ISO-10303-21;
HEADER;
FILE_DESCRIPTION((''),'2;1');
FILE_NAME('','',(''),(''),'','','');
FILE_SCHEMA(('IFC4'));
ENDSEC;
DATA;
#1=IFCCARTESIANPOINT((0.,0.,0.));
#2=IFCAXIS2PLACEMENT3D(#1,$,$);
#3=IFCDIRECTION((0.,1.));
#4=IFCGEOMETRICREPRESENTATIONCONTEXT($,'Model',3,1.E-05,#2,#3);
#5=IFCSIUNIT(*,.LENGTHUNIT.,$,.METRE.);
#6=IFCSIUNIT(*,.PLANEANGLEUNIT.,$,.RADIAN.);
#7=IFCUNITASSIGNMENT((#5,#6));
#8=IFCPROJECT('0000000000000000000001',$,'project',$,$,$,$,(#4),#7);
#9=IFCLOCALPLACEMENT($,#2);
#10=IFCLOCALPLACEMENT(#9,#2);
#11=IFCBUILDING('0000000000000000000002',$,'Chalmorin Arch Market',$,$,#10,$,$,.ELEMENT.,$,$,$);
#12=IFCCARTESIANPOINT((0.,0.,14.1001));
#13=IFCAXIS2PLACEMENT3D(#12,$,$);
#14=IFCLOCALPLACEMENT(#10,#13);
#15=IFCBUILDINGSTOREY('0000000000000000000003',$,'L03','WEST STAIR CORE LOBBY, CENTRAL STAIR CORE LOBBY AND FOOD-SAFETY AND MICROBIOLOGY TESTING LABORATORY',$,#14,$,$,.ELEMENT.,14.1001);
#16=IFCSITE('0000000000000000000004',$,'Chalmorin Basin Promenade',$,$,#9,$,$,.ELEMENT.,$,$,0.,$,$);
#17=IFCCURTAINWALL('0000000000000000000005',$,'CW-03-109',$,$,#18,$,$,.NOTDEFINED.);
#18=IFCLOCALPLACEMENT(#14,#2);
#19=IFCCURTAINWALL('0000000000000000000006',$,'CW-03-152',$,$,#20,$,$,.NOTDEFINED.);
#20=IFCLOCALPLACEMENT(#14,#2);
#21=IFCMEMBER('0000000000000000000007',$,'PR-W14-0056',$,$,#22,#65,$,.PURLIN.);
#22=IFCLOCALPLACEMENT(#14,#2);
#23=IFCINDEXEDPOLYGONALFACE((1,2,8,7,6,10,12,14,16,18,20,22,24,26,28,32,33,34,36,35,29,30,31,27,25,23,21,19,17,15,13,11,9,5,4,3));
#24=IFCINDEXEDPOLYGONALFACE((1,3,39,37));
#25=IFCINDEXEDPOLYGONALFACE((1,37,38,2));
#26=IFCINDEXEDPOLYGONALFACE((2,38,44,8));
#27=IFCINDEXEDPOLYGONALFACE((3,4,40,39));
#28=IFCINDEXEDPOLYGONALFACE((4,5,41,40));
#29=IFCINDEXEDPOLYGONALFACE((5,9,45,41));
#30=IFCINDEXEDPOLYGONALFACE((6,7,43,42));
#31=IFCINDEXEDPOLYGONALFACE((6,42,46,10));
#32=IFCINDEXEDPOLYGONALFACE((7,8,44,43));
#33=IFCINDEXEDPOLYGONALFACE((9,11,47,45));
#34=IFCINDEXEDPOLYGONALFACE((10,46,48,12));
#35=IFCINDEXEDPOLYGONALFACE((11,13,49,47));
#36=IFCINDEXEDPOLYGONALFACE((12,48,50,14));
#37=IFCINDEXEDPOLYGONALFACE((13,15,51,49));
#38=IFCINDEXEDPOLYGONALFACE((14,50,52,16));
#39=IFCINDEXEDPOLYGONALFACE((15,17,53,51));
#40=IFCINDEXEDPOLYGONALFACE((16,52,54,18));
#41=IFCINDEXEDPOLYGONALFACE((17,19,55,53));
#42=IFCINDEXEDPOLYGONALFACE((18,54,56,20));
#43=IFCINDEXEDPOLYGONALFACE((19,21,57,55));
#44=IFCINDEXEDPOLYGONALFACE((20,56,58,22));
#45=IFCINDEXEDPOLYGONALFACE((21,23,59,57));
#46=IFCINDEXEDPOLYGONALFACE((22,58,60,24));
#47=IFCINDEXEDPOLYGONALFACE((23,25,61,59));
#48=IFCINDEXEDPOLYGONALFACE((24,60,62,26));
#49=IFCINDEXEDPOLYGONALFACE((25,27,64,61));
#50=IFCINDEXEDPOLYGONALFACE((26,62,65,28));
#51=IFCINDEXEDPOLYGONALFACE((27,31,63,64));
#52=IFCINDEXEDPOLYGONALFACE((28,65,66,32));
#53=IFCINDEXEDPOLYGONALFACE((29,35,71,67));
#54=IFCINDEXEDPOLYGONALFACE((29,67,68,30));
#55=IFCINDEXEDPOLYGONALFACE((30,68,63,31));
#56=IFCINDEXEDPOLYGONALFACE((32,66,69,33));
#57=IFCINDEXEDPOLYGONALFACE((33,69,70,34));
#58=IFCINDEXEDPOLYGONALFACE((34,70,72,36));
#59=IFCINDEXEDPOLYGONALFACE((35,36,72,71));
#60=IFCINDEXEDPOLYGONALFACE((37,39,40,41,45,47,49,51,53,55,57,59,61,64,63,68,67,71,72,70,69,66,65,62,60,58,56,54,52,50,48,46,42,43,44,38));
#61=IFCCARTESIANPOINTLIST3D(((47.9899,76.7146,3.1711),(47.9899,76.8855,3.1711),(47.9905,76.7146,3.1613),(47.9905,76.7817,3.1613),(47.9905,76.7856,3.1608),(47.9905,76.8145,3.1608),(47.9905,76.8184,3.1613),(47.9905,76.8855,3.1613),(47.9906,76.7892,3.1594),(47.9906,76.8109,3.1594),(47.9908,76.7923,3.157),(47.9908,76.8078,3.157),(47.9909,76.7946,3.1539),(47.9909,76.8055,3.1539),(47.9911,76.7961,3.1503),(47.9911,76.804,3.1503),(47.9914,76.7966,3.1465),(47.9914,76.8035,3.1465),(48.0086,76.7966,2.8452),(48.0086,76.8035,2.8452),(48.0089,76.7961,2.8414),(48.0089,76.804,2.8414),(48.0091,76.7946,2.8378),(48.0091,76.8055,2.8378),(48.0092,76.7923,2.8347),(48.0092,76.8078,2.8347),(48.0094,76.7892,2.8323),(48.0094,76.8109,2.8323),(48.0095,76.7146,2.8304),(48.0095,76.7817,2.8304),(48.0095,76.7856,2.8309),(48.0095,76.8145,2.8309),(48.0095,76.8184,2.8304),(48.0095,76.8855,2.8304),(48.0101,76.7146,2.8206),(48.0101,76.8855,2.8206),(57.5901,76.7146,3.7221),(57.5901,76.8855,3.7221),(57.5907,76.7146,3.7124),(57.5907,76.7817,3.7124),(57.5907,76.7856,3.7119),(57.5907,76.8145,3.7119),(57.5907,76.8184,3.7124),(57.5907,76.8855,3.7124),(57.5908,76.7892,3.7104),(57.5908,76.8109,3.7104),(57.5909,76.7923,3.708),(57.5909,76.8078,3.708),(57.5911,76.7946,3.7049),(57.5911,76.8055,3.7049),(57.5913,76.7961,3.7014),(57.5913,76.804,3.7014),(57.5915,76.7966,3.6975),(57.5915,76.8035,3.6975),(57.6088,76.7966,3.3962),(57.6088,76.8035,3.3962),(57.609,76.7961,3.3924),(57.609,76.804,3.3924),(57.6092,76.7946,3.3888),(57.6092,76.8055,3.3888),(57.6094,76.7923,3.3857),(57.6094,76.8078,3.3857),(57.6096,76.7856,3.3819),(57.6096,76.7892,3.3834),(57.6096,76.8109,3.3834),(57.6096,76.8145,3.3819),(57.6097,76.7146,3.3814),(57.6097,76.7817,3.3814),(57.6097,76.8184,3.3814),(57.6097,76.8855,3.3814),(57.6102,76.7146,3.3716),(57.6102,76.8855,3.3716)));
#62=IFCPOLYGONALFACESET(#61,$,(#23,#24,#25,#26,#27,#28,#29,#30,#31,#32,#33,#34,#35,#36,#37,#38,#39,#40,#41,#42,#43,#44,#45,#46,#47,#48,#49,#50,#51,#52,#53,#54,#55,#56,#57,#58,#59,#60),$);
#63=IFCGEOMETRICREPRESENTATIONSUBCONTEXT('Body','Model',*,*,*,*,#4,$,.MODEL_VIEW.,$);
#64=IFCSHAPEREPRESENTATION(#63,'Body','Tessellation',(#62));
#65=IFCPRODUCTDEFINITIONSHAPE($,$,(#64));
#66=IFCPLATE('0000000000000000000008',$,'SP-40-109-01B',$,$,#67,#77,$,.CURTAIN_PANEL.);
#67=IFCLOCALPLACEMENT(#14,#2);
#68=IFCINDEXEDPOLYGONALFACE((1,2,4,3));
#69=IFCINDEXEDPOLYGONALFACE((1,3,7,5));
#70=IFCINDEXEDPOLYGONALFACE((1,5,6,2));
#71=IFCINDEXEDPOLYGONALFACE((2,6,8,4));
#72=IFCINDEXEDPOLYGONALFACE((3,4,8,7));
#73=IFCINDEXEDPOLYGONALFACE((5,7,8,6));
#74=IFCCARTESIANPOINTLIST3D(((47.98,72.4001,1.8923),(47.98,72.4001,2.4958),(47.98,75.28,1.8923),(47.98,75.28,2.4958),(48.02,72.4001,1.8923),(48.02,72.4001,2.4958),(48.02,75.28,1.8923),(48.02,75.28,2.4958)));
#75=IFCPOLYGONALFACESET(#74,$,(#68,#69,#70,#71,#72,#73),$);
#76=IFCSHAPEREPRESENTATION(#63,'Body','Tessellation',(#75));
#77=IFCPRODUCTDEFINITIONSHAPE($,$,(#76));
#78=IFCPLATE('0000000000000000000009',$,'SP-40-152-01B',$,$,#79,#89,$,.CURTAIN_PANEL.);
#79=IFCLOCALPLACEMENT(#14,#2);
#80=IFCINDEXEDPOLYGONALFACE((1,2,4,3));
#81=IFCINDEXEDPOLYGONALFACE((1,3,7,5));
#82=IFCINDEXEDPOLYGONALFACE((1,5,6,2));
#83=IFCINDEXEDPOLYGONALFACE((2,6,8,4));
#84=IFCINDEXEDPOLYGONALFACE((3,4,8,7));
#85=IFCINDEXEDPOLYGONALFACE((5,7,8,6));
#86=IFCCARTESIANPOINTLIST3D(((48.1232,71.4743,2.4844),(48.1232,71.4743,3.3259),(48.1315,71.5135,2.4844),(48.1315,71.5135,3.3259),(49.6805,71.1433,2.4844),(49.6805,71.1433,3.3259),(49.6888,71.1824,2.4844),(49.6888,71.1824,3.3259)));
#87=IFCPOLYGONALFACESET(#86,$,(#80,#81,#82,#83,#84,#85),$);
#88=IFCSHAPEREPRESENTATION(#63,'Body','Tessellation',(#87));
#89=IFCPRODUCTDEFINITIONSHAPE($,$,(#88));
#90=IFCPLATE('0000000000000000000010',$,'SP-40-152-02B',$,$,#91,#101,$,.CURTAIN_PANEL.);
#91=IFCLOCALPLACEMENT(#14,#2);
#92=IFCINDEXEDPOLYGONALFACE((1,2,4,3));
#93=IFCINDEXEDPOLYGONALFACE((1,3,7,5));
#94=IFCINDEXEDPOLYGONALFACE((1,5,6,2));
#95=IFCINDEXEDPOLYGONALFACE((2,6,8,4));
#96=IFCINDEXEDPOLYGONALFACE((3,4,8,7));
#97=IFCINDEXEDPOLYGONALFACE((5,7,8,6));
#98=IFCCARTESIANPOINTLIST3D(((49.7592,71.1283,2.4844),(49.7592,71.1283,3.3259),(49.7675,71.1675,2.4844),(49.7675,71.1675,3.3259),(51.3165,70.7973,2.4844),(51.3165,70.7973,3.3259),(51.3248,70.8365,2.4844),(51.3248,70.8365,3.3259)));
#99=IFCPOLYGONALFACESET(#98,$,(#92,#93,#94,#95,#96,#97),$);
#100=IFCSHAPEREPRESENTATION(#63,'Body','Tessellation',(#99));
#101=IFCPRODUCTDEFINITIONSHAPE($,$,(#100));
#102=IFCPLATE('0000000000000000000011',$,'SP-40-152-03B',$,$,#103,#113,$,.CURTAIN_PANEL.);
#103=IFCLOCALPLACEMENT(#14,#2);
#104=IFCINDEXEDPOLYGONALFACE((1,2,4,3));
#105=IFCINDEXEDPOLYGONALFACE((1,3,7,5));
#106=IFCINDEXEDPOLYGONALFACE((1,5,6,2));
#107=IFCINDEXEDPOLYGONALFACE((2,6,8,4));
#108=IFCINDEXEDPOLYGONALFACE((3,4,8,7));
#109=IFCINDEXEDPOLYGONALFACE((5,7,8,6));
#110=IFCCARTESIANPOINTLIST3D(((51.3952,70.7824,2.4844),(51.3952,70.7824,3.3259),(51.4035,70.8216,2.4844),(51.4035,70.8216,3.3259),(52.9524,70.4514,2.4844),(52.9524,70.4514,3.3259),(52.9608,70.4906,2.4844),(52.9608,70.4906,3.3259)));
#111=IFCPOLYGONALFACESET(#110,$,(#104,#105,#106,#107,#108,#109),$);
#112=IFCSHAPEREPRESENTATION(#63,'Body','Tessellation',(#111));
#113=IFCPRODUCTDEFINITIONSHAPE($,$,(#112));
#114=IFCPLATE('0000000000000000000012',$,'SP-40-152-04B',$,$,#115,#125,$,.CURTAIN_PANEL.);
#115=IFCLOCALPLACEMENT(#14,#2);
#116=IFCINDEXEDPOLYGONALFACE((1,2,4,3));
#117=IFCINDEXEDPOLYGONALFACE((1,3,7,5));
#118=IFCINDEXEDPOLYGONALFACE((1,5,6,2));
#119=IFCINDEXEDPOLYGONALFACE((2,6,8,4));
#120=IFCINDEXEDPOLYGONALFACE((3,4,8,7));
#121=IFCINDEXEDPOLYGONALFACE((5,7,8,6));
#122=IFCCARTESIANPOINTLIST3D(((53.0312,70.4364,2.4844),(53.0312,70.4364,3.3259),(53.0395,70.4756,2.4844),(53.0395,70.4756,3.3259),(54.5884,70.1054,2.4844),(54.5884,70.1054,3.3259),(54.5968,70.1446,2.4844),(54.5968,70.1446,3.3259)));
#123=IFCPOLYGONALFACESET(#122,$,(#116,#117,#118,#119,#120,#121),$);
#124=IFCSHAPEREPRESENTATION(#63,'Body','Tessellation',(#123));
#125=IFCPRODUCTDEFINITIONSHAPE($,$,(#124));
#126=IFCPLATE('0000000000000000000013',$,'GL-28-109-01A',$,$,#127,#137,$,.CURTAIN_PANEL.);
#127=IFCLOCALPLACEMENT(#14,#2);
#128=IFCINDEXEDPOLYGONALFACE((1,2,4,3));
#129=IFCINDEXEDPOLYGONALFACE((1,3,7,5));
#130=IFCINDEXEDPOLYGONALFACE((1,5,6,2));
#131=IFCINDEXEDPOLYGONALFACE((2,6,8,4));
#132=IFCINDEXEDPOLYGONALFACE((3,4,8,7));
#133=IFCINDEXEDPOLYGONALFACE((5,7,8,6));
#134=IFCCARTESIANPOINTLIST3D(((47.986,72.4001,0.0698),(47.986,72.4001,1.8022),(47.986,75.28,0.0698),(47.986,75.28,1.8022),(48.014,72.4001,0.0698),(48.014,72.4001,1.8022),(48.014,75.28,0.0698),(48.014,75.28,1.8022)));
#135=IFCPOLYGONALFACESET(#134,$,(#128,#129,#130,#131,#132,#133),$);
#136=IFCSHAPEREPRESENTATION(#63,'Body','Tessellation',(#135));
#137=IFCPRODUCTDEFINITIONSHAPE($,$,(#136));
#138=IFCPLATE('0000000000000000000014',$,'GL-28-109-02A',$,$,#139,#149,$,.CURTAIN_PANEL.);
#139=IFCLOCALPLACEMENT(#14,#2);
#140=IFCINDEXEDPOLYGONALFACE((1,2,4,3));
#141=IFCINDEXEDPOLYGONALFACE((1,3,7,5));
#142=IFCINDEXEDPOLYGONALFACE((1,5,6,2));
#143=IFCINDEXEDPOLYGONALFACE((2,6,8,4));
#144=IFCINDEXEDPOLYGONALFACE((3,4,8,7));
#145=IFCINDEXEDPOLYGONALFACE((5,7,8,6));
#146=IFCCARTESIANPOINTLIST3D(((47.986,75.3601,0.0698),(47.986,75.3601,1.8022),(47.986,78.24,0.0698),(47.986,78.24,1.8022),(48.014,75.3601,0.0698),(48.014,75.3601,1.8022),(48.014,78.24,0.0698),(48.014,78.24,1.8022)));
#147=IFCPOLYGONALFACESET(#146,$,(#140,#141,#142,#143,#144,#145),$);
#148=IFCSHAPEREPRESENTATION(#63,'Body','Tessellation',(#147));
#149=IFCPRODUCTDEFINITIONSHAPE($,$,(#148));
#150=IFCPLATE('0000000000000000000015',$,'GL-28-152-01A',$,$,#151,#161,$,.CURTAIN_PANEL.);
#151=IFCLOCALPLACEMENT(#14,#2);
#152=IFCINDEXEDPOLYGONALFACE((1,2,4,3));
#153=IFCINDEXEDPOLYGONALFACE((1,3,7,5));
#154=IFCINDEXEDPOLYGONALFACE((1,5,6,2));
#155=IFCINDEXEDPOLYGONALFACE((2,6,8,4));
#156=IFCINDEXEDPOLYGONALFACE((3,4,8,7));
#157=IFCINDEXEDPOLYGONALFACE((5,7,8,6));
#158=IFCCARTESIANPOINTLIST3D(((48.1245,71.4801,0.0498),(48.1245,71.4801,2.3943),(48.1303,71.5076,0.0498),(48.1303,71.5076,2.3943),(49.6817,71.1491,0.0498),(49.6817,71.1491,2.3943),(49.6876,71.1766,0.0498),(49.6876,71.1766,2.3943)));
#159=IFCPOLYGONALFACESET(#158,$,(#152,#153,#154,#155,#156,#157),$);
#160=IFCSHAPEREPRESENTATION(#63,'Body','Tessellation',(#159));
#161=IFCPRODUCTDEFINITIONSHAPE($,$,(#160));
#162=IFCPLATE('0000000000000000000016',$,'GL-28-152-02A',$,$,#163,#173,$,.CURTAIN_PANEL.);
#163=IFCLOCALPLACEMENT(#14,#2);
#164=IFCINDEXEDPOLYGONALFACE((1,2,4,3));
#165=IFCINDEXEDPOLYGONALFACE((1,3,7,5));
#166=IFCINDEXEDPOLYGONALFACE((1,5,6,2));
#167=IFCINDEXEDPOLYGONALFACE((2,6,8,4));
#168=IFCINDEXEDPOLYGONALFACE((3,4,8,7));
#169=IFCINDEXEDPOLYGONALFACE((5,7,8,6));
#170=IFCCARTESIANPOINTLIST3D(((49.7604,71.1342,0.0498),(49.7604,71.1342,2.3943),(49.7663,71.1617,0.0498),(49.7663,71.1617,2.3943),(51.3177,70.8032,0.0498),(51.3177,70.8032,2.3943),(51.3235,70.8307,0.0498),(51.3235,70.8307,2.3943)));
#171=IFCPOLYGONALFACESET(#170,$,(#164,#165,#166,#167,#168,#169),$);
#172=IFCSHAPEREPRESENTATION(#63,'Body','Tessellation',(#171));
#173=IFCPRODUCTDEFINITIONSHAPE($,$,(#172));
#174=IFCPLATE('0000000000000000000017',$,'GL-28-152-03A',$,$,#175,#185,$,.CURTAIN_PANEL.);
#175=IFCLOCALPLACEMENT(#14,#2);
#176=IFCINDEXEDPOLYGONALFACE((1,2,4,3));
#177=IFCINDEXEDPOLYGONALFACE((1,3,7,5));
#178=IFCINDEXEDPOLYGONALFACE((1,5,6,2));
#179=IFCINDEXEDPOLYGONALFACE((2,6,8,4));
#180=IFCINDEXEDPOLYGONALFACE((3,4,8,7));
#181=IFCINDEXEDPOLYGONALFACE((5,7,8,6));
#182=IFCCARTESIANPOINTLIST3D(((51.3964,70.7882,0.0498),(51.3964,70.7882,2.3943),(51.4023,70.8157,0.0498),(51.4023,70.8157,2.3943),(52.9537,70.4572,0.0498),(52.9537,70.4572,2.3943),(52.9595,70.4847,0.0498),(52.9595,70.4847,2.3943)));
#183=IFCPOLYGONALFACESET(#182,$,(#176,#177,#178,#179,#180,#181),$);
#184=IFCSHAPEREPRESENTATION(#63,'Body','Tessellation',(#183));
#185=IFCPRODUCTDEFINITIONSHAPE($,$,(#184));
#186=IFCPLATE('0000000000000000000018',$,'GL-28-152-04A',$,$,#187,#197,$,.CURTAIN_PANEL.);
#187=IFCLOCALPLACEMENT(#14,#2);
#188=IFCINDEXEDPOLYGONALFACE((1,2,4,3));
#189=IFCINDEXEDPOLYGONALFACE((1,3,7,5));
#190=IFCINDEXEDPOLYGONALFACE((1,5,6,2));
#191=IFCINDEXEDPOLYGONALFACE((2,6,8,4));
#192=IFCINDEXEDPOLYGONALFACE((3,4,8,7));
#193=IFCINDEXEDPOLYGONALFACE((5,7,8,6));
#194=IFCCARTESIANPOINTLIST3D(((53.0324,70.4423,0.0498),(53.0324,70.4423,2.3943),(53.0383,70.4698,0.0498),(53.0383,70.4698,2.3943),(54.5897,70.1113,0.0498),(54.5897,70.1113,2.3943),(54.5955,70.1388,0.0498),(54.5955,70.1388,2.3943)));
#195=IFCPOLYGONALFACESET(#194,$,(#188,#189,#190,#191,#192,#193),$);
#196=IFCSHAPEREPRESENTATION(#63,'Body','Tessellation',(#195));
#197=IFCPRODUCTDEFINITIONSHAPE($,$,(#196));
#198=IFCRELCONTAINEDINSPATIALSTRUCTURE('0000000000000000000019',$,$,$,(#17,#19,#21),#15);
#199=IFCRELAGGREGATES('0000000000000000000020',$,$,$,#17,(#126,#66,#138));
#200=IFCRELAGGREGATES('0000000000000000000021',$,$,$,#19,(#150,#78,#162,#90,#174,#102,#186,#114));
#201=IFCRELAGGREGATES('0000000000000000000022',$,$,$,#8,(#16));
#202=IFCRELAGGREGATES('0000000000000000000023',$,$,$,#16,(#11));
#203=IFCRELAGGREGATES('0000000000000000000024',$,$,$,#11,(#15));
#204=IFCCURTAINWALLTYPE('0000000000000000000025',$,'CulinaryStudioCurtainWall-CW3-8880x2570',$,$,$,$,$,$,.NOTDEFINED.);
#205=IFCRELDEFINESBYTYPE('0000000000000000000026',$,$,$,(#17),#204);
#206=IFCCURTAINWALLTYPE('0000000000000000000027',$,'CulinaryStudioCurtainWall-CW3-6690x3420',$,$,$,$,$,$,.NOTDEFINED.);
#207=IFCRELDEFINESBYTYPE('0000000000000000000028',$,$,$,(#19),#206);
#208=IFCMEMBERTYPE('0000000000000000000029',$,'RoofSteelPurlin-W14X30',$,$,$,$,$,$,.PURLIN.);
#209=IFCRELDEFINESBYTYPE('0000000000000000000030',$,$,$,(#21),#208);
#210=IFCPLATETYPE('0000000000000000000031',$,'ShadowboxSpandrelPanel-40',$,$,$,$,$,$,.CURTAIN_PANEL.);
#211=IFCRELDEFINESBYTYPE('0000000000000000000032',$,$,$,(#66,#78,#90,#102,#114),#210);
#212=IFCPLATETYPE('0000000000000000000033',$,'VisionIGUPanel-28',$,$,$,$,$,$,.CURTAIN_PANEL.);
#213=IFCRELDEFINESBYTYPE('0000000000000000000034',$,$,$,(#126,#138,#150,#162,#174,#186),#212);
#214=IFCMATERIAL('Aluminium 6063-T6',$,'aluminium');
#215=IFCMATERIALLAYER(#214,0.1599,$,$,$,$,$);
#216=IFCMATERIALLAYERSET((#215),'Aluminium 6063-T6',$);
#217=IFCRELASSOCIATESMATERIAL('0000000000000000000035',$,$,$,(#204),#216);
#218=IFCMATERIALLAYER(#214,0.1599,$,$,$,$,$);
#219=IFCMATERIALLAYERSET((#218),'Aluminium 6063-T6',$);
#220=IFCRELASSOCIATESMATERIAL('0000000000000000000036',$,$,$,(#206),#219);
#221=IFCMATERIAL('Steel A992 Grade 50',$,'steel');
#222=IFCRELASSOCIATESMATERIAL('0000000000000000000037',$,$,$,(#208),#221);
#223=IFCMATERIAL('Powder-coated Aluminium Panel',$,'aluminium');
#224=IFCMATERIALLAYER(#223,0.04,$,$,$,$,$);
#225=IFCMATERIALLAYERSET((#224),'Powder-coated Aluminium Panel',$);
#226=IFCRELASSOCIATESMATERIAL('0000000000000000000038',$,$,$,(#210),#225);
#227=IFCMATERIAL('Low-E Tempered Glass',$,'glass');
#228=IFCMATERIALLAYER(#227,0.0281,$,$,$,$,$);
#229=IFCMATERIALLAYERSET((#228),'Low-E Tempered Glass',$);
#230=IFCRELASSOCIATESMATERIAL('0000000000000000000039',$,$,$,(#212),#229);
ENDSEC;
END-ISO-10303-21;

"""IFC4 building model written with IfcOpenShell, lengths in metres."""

from ifc_helpers import new_model, si_unit, direction, frame, origin, origin_2d, place, context, subcontext, project, spatial, rectangle, i_section, extrude, material, layer, layer_set, material_profile, profile_set, type_object, element, aggregate, save


model = new_model("IFC4")

# Units and contexts
model_context = context("Model", 3, precision=1e-05, world=origin(), true_north=direction((0.0, 1.0)))
body_context = subcontext(model_context, "Body", "Model", "MODEL_VIEW")
ifc_project = project(units=[si_unit("LENGTHUNIT", "METRE"), si_unit("PLANEANGLEUNIT", "RADIAN")], contexts=[model_context])

# Site, building, storey
site_placement = place(None, origin())
site = spatial("IfcSite", under=ifc_project, at=site_placement, Name="Chalmorin Basin Promenade", CompositionType="ELEMENT", RefElevation=0.0)
building_placement = place(site_placement, origin())
building = spatial("IfcBuilding", under=site, at=building_placement, Name="Chalmorin Arch Market", CompositionType="ELEMENT")
storey_placement = place(building_placement, frame((0.0, 0.0, 14.1001)))
storey = spatial("IfcBuildingStorey", under=building, at=storey_placement, Name="L03", Description="WEST STAIR CORE LOBBY, CENTRAL STAIR CORE LOBBY AND FOOD-SAFETY AND MICROBIOLOGY TESTING LABORATORY", CompositionType="ELEMENT", Elevation=14.1001)

# Curtain walls
ifc_material_1 = material(Name="Aluminium 6063-T6", Category="aluminium")
ifc_layer_1 = layer(ifc_material_1, 0.1599)
ifc_layer_set_1 = layer_set([ifc_layer_1], Name="Aluminium 6063-T6")
curtain_wall_type_1 = type_object("IfcCurtainWallType", Name="CulinaryStudioCurtainWall-CW3-8880x2570", PredefinedType="NOTDEFINED", material=ifc_layer_set_1)
curtain_wall_1_placement = place(storey_placement, origin())
curtain_wall_1 = element("IfcCurtainWall", 1, at=curtain_wall_1_placement, inside=storey, type_object=curtain_wall_type_1, Name="CW-03-109", PredefinedType="NOTDEFINED")
ifc_layer_2 = layer(ifc_material_1, 0.1599)
ifc_layer_set_2 = layer_set([ifc_layer_2], Name="Aluminium 6063-T6")
curtain_wall_type_2 = type_object("IfcCurtainWallType", Name="CulinaryStudioCurtainWall-CW3-6690x3420", PredefinedType="NOTDEFINED", material=ifc_layer_set_2)
curtain_wall_2_placement = place(storey_placement, origin())
curtain_wall_2 = element("IfcCurtainWall", 2, at=curtain_wall_2_placement, inside=storey, type_object=curtain_wall_type_2, Name="CW-03-152", PredefinedType="NOTDEFINED")

# Shared definitions
ifc_material_2 = material(Name="Steel A992 Grade 50", Category="steel")

# Member
ifc_material_profile_1 = material_profile(ifc_material_2, i_section(OverallWidth=0.1709, OverallDepth=0.3511, WebThickness=0.0068, FlangeThickness=0.0098, FilletRadius=0.0149, at=origin_2d()), Name="W14X30")
ifc_profile_set_1 = profile_set([ifc_material_profile_1], Name="Steel A992 Grade 50")
member_type_1 = type_object("IfcMemberType", Name="RoofSteelPurlin-W14X30", PredefinedType="PURLIN", material=ifc_profile_set_1)
member_1_placement = place(storey_placement, frame((48.0, 76.8, 2.9958), z_axis=(0.998357, 0.0, 0.057304), x_axis=(0.0, 1.0, 0.0)))
element("IfcMember", 3, at=member_1_placement, inside=storey, type_object=member_type_1, Name="PR-W14-0056", PredefinedType="PURLIN", context=body_context, shape_type="SweptSolid", body=[
    extrude(i_section(OverallWidth=0.1709, OverallDepth=0.3511, WebThickness=0.0068, FlangeThickness=0.0098, FilletRadius=0.0149, at=origin_2d()), origin(), (0.0, 0.0, 1.0), 9.616),
])

# Plates
ifc_material_3 = material(Name="Powder-coated Aluminium Panel", Category="aluminium")
ifc_layer_3 = layer(ifc_material_3, 0.04)
ifc_layer_set_3 = layer_set([ifc_layer_3], Name="Powder-coated Aluminium Panel")
plate_type_1 = type_object("IfcPlateType", Name="ShadowboxSpandrelPanel-40", PredefinedType="CURTAIN_PANEL", material=ifc_layer_set_3)
plate_1_placement = place(storey_placement, frame((48.0, 73.8401, 1.8923), z_axis=(0.0, 0.0, 1.0), x_axis=(0.0, 1.0, 0.0)))
plate_1 = element("IfcPlate", 4, at=plate_1_placement, type_object=plate_type_1, Name="SP-40-109-01B", PredefinedType="CURTAIN_PANEL", context=body_context, shape_type="SweptSolid", body=[
    extrude(rectangle(XDim=2.8799, YDim=0.04, at=origin_2d()), origin(), (0.0, 0.0, 1.0), 0.6035),
])
plate_2_placement = place(storey_placement, frame((48.906, 71.3284, 2.4844), z_axis=(0.0, 0.0, 1.0), x_axis=(0.978148, -0.207912, 0.0)))
plate_2 = element("IfcPlate", 5, at=plate_2_placement, type_object=plate_type_1, Name="SP-40-152-01B", PredefinedType="CURTAIN_PANEL", context=body_context, shape_type="SweptSolid", body=[
    extrude(rectangle(XDim=1.592, YDim=0.04, at=origin_2d()), origin(), (0.0, 0.0, 1.0), 0.8416),
])
plate_3_placement = place(storey_placement, frame((50.542, 70.9824, 2.4844), z_axis=(0.0, 0.0, 1.0), x_axis=(0.978148, -0.207912, 0.0)))
plate_3 = element("IfcPlate", 6, at=plate_3_placement, type_object=plate_type_1, Name="SP-40-152-02B", PredefinedType="CURTAIN_PANEL", context=body_context, shape_type="SweptSolid", body=[
    extrude(rectangle(XDim=1.592, YDim=0.04, at=origin_2d()), origin(), (0.0, 0.0, 1.0), 0.8416),
])
plate_4_placement = place(storey_placement, frame((52.178, 70.6365, 2.4844), z_axis=(0.0, 0.0, 1.0), x_axis=(0.978148, -0.207912, 0.0)))
plate_4 = element("IfcPlate", 7, at=plate_4_placement, type_object=plate_type_1, Name="SP-40-152-03B", PredefinedType="CURTAIN_PANEL", context=body_context, shape_type="SweptSolid", body=[
    extrude(rectangle(XDim=1.592, YDim=0.04, at=origin_2d()), origin(), (0.0, 0.0, 1.0), 0.8416),
])
plate_5_placement = place(storey_placement, frame((53.814, 70.2905, 2.4844), z_axis=(0.0, 0.0, 1.0), x_axis=(0.978148, -0.207912, 0.0)))
plate_5 = element("IfcPlate", 8, at=plate_5_placement, type_object=plate_type_1, Name="SP-40-152-04B", PredefinedType="CURTAIN_PANEL", context=body_context, shape_type="SweptSolid", body=[
    extrude(rectangle(XDim=1.592, YDim=0.04, at=origin_2d()), origin(), (0.0, 0.0, 1.0), 0.8416),
])
ifc_material_4 = material(Name="Low-E Tempered Glass", Category="glass")
ifc_layer_4 = layer(ifc_material_4, 0.0281)
ifc_layer_set_4 = layer_set([ifc_layer_4], Name="Low-E Tempered Glass")
plate_type_2 = type_object("IfcPlateType", Name="VisionIGUPanel-28", PredefinedType="CURTAIN_PANEL", material=ifc_layer_set_4)
plate_6_placement = place(storey_placement, frame((48.0, 73.8401, 0.0698), z_axis=(0.0, 0.0, 1.0), x_axis=(0.0, 1.0, 0.0)))
plate_6 = element("IfcPlate", 9, at=plate_6_placement, type_object=plate_type_2, Name="GL-28-109-01A", PredefinedType="CURTAIN_PANEL", context=body_context, shape_type="SweptSolid", body=[
    extrude(rectangle(XDim=2.8799, YDim=0.0281, at=origin_2d()), origin(), (0.0, 0.0, 1.0), 1.7324),
])
plate_7_placement = place(storey_placement, frame((48.0, 76.8, 0.0698), z_axis=(0.0, 0.0, 1.0), x_axis=(0.0, 1.0, 0.0)))
plate_7 = element("IfcPlate", 10, at=plate_7_placement, type_object=plate_type_2, Name="GL-28-109-02A", PredefinedType="CURTAIN_PANEL", context=body_context, shape_type="SweptSolid", body=[
    extrude(rectangle(XDim=2.8799, YDim=0.0281, at=origin_2d()), origin(), (0.0, 0.0, 1.0), 1.7324),
])
aggregate(curtain_wall_1, [plate_6, plate_1, plate_7])
plate_8_placement = place(storey_placement, frame((48.906, 71.3284, 0.0498), z_axis=(0.0, 0.0, 1.0), x_axis=(0.978148, -0.207912, 0.0)))
plate_8 = element("IfcPlate", 11, at=plate_8_placement, type_object=plate_type_2, Name="GL-28-152-01A", PredefinedType="CURTAIN_PANEL", context=body_context, shape_type="SweptSolid", body=[
    extrude(rectangle(XDim=1.592, YDim=0.0281, at=origin_2d()), origin(), (0.0, 0.0, 1.0), 2.3445),
])
plate_9_placement = place(storey_placement, frame((50.542, 70.9824, 0.0498), z_axis=(0.0, 0.0, 1.0), x_axis=(0.978148, -0.207912, 0.0)))
plate_9 = element("IfcPlate", 12, at=plate_9_placement, type_object=plate_type_2, Name="GL-28-152-02A", PredefinedType="CURTAIN_PANEL", context=body_context, shape_type="SweptSolid", body=[
    extrude(rectangle(XDim=1.592, YDim=0.0281, at=origin_2d()), origin(), (0.0, 0.0, 1.0), 2.3445),
])
plate_10_placement = place(storey_placement, frame((52.178, 70.6365, 0.0498), z_axis=(0.0, 0.0, 1.0), x_axis=(0.978148, -0.207912, 0.0)))
plate_10 = element("IfcPlate", 13, at=plate_10_placement, type_object=plate_type_2, Name="GL-28-152-03A", PredefinedType="CURTAIN_PANEL", context=body_context, shape_type="SweptSolid", body=[
    extrude(rectangle(XDim=1.592, YDim=0.0281, at=origin_2d()), origin(), (0.0, 0.0, 1.0), 2.3445),
])
plate_11_placement = place(storey_placement, frame((53.814, 70.2905, 0.0498), z_axis=(0.0, 0.0, 1.0), x_axis=(0.978148, -0.207912, 0.0)))
plate_11 = element("IfcPlate", 14, at=plate_11_placement, type_object=plate_type_2, Name="GL-28-152-04A", PredefinedType="CURTAIN_PANEL", context=body_context, shape_type="SweptSolid", body=[
    extrude(rectangle(XDim=1.592, YDim=0.0281, at=origin_2d()), origin(), (0.0, 0.0, 1.0), 2.3445),
])
aggregate(curtain_wall_2, [plate_8, plate_2, plate_9, plate_3, plate_10, plate_4, plate_11, plate_5])

save(model, "model.ifc")
